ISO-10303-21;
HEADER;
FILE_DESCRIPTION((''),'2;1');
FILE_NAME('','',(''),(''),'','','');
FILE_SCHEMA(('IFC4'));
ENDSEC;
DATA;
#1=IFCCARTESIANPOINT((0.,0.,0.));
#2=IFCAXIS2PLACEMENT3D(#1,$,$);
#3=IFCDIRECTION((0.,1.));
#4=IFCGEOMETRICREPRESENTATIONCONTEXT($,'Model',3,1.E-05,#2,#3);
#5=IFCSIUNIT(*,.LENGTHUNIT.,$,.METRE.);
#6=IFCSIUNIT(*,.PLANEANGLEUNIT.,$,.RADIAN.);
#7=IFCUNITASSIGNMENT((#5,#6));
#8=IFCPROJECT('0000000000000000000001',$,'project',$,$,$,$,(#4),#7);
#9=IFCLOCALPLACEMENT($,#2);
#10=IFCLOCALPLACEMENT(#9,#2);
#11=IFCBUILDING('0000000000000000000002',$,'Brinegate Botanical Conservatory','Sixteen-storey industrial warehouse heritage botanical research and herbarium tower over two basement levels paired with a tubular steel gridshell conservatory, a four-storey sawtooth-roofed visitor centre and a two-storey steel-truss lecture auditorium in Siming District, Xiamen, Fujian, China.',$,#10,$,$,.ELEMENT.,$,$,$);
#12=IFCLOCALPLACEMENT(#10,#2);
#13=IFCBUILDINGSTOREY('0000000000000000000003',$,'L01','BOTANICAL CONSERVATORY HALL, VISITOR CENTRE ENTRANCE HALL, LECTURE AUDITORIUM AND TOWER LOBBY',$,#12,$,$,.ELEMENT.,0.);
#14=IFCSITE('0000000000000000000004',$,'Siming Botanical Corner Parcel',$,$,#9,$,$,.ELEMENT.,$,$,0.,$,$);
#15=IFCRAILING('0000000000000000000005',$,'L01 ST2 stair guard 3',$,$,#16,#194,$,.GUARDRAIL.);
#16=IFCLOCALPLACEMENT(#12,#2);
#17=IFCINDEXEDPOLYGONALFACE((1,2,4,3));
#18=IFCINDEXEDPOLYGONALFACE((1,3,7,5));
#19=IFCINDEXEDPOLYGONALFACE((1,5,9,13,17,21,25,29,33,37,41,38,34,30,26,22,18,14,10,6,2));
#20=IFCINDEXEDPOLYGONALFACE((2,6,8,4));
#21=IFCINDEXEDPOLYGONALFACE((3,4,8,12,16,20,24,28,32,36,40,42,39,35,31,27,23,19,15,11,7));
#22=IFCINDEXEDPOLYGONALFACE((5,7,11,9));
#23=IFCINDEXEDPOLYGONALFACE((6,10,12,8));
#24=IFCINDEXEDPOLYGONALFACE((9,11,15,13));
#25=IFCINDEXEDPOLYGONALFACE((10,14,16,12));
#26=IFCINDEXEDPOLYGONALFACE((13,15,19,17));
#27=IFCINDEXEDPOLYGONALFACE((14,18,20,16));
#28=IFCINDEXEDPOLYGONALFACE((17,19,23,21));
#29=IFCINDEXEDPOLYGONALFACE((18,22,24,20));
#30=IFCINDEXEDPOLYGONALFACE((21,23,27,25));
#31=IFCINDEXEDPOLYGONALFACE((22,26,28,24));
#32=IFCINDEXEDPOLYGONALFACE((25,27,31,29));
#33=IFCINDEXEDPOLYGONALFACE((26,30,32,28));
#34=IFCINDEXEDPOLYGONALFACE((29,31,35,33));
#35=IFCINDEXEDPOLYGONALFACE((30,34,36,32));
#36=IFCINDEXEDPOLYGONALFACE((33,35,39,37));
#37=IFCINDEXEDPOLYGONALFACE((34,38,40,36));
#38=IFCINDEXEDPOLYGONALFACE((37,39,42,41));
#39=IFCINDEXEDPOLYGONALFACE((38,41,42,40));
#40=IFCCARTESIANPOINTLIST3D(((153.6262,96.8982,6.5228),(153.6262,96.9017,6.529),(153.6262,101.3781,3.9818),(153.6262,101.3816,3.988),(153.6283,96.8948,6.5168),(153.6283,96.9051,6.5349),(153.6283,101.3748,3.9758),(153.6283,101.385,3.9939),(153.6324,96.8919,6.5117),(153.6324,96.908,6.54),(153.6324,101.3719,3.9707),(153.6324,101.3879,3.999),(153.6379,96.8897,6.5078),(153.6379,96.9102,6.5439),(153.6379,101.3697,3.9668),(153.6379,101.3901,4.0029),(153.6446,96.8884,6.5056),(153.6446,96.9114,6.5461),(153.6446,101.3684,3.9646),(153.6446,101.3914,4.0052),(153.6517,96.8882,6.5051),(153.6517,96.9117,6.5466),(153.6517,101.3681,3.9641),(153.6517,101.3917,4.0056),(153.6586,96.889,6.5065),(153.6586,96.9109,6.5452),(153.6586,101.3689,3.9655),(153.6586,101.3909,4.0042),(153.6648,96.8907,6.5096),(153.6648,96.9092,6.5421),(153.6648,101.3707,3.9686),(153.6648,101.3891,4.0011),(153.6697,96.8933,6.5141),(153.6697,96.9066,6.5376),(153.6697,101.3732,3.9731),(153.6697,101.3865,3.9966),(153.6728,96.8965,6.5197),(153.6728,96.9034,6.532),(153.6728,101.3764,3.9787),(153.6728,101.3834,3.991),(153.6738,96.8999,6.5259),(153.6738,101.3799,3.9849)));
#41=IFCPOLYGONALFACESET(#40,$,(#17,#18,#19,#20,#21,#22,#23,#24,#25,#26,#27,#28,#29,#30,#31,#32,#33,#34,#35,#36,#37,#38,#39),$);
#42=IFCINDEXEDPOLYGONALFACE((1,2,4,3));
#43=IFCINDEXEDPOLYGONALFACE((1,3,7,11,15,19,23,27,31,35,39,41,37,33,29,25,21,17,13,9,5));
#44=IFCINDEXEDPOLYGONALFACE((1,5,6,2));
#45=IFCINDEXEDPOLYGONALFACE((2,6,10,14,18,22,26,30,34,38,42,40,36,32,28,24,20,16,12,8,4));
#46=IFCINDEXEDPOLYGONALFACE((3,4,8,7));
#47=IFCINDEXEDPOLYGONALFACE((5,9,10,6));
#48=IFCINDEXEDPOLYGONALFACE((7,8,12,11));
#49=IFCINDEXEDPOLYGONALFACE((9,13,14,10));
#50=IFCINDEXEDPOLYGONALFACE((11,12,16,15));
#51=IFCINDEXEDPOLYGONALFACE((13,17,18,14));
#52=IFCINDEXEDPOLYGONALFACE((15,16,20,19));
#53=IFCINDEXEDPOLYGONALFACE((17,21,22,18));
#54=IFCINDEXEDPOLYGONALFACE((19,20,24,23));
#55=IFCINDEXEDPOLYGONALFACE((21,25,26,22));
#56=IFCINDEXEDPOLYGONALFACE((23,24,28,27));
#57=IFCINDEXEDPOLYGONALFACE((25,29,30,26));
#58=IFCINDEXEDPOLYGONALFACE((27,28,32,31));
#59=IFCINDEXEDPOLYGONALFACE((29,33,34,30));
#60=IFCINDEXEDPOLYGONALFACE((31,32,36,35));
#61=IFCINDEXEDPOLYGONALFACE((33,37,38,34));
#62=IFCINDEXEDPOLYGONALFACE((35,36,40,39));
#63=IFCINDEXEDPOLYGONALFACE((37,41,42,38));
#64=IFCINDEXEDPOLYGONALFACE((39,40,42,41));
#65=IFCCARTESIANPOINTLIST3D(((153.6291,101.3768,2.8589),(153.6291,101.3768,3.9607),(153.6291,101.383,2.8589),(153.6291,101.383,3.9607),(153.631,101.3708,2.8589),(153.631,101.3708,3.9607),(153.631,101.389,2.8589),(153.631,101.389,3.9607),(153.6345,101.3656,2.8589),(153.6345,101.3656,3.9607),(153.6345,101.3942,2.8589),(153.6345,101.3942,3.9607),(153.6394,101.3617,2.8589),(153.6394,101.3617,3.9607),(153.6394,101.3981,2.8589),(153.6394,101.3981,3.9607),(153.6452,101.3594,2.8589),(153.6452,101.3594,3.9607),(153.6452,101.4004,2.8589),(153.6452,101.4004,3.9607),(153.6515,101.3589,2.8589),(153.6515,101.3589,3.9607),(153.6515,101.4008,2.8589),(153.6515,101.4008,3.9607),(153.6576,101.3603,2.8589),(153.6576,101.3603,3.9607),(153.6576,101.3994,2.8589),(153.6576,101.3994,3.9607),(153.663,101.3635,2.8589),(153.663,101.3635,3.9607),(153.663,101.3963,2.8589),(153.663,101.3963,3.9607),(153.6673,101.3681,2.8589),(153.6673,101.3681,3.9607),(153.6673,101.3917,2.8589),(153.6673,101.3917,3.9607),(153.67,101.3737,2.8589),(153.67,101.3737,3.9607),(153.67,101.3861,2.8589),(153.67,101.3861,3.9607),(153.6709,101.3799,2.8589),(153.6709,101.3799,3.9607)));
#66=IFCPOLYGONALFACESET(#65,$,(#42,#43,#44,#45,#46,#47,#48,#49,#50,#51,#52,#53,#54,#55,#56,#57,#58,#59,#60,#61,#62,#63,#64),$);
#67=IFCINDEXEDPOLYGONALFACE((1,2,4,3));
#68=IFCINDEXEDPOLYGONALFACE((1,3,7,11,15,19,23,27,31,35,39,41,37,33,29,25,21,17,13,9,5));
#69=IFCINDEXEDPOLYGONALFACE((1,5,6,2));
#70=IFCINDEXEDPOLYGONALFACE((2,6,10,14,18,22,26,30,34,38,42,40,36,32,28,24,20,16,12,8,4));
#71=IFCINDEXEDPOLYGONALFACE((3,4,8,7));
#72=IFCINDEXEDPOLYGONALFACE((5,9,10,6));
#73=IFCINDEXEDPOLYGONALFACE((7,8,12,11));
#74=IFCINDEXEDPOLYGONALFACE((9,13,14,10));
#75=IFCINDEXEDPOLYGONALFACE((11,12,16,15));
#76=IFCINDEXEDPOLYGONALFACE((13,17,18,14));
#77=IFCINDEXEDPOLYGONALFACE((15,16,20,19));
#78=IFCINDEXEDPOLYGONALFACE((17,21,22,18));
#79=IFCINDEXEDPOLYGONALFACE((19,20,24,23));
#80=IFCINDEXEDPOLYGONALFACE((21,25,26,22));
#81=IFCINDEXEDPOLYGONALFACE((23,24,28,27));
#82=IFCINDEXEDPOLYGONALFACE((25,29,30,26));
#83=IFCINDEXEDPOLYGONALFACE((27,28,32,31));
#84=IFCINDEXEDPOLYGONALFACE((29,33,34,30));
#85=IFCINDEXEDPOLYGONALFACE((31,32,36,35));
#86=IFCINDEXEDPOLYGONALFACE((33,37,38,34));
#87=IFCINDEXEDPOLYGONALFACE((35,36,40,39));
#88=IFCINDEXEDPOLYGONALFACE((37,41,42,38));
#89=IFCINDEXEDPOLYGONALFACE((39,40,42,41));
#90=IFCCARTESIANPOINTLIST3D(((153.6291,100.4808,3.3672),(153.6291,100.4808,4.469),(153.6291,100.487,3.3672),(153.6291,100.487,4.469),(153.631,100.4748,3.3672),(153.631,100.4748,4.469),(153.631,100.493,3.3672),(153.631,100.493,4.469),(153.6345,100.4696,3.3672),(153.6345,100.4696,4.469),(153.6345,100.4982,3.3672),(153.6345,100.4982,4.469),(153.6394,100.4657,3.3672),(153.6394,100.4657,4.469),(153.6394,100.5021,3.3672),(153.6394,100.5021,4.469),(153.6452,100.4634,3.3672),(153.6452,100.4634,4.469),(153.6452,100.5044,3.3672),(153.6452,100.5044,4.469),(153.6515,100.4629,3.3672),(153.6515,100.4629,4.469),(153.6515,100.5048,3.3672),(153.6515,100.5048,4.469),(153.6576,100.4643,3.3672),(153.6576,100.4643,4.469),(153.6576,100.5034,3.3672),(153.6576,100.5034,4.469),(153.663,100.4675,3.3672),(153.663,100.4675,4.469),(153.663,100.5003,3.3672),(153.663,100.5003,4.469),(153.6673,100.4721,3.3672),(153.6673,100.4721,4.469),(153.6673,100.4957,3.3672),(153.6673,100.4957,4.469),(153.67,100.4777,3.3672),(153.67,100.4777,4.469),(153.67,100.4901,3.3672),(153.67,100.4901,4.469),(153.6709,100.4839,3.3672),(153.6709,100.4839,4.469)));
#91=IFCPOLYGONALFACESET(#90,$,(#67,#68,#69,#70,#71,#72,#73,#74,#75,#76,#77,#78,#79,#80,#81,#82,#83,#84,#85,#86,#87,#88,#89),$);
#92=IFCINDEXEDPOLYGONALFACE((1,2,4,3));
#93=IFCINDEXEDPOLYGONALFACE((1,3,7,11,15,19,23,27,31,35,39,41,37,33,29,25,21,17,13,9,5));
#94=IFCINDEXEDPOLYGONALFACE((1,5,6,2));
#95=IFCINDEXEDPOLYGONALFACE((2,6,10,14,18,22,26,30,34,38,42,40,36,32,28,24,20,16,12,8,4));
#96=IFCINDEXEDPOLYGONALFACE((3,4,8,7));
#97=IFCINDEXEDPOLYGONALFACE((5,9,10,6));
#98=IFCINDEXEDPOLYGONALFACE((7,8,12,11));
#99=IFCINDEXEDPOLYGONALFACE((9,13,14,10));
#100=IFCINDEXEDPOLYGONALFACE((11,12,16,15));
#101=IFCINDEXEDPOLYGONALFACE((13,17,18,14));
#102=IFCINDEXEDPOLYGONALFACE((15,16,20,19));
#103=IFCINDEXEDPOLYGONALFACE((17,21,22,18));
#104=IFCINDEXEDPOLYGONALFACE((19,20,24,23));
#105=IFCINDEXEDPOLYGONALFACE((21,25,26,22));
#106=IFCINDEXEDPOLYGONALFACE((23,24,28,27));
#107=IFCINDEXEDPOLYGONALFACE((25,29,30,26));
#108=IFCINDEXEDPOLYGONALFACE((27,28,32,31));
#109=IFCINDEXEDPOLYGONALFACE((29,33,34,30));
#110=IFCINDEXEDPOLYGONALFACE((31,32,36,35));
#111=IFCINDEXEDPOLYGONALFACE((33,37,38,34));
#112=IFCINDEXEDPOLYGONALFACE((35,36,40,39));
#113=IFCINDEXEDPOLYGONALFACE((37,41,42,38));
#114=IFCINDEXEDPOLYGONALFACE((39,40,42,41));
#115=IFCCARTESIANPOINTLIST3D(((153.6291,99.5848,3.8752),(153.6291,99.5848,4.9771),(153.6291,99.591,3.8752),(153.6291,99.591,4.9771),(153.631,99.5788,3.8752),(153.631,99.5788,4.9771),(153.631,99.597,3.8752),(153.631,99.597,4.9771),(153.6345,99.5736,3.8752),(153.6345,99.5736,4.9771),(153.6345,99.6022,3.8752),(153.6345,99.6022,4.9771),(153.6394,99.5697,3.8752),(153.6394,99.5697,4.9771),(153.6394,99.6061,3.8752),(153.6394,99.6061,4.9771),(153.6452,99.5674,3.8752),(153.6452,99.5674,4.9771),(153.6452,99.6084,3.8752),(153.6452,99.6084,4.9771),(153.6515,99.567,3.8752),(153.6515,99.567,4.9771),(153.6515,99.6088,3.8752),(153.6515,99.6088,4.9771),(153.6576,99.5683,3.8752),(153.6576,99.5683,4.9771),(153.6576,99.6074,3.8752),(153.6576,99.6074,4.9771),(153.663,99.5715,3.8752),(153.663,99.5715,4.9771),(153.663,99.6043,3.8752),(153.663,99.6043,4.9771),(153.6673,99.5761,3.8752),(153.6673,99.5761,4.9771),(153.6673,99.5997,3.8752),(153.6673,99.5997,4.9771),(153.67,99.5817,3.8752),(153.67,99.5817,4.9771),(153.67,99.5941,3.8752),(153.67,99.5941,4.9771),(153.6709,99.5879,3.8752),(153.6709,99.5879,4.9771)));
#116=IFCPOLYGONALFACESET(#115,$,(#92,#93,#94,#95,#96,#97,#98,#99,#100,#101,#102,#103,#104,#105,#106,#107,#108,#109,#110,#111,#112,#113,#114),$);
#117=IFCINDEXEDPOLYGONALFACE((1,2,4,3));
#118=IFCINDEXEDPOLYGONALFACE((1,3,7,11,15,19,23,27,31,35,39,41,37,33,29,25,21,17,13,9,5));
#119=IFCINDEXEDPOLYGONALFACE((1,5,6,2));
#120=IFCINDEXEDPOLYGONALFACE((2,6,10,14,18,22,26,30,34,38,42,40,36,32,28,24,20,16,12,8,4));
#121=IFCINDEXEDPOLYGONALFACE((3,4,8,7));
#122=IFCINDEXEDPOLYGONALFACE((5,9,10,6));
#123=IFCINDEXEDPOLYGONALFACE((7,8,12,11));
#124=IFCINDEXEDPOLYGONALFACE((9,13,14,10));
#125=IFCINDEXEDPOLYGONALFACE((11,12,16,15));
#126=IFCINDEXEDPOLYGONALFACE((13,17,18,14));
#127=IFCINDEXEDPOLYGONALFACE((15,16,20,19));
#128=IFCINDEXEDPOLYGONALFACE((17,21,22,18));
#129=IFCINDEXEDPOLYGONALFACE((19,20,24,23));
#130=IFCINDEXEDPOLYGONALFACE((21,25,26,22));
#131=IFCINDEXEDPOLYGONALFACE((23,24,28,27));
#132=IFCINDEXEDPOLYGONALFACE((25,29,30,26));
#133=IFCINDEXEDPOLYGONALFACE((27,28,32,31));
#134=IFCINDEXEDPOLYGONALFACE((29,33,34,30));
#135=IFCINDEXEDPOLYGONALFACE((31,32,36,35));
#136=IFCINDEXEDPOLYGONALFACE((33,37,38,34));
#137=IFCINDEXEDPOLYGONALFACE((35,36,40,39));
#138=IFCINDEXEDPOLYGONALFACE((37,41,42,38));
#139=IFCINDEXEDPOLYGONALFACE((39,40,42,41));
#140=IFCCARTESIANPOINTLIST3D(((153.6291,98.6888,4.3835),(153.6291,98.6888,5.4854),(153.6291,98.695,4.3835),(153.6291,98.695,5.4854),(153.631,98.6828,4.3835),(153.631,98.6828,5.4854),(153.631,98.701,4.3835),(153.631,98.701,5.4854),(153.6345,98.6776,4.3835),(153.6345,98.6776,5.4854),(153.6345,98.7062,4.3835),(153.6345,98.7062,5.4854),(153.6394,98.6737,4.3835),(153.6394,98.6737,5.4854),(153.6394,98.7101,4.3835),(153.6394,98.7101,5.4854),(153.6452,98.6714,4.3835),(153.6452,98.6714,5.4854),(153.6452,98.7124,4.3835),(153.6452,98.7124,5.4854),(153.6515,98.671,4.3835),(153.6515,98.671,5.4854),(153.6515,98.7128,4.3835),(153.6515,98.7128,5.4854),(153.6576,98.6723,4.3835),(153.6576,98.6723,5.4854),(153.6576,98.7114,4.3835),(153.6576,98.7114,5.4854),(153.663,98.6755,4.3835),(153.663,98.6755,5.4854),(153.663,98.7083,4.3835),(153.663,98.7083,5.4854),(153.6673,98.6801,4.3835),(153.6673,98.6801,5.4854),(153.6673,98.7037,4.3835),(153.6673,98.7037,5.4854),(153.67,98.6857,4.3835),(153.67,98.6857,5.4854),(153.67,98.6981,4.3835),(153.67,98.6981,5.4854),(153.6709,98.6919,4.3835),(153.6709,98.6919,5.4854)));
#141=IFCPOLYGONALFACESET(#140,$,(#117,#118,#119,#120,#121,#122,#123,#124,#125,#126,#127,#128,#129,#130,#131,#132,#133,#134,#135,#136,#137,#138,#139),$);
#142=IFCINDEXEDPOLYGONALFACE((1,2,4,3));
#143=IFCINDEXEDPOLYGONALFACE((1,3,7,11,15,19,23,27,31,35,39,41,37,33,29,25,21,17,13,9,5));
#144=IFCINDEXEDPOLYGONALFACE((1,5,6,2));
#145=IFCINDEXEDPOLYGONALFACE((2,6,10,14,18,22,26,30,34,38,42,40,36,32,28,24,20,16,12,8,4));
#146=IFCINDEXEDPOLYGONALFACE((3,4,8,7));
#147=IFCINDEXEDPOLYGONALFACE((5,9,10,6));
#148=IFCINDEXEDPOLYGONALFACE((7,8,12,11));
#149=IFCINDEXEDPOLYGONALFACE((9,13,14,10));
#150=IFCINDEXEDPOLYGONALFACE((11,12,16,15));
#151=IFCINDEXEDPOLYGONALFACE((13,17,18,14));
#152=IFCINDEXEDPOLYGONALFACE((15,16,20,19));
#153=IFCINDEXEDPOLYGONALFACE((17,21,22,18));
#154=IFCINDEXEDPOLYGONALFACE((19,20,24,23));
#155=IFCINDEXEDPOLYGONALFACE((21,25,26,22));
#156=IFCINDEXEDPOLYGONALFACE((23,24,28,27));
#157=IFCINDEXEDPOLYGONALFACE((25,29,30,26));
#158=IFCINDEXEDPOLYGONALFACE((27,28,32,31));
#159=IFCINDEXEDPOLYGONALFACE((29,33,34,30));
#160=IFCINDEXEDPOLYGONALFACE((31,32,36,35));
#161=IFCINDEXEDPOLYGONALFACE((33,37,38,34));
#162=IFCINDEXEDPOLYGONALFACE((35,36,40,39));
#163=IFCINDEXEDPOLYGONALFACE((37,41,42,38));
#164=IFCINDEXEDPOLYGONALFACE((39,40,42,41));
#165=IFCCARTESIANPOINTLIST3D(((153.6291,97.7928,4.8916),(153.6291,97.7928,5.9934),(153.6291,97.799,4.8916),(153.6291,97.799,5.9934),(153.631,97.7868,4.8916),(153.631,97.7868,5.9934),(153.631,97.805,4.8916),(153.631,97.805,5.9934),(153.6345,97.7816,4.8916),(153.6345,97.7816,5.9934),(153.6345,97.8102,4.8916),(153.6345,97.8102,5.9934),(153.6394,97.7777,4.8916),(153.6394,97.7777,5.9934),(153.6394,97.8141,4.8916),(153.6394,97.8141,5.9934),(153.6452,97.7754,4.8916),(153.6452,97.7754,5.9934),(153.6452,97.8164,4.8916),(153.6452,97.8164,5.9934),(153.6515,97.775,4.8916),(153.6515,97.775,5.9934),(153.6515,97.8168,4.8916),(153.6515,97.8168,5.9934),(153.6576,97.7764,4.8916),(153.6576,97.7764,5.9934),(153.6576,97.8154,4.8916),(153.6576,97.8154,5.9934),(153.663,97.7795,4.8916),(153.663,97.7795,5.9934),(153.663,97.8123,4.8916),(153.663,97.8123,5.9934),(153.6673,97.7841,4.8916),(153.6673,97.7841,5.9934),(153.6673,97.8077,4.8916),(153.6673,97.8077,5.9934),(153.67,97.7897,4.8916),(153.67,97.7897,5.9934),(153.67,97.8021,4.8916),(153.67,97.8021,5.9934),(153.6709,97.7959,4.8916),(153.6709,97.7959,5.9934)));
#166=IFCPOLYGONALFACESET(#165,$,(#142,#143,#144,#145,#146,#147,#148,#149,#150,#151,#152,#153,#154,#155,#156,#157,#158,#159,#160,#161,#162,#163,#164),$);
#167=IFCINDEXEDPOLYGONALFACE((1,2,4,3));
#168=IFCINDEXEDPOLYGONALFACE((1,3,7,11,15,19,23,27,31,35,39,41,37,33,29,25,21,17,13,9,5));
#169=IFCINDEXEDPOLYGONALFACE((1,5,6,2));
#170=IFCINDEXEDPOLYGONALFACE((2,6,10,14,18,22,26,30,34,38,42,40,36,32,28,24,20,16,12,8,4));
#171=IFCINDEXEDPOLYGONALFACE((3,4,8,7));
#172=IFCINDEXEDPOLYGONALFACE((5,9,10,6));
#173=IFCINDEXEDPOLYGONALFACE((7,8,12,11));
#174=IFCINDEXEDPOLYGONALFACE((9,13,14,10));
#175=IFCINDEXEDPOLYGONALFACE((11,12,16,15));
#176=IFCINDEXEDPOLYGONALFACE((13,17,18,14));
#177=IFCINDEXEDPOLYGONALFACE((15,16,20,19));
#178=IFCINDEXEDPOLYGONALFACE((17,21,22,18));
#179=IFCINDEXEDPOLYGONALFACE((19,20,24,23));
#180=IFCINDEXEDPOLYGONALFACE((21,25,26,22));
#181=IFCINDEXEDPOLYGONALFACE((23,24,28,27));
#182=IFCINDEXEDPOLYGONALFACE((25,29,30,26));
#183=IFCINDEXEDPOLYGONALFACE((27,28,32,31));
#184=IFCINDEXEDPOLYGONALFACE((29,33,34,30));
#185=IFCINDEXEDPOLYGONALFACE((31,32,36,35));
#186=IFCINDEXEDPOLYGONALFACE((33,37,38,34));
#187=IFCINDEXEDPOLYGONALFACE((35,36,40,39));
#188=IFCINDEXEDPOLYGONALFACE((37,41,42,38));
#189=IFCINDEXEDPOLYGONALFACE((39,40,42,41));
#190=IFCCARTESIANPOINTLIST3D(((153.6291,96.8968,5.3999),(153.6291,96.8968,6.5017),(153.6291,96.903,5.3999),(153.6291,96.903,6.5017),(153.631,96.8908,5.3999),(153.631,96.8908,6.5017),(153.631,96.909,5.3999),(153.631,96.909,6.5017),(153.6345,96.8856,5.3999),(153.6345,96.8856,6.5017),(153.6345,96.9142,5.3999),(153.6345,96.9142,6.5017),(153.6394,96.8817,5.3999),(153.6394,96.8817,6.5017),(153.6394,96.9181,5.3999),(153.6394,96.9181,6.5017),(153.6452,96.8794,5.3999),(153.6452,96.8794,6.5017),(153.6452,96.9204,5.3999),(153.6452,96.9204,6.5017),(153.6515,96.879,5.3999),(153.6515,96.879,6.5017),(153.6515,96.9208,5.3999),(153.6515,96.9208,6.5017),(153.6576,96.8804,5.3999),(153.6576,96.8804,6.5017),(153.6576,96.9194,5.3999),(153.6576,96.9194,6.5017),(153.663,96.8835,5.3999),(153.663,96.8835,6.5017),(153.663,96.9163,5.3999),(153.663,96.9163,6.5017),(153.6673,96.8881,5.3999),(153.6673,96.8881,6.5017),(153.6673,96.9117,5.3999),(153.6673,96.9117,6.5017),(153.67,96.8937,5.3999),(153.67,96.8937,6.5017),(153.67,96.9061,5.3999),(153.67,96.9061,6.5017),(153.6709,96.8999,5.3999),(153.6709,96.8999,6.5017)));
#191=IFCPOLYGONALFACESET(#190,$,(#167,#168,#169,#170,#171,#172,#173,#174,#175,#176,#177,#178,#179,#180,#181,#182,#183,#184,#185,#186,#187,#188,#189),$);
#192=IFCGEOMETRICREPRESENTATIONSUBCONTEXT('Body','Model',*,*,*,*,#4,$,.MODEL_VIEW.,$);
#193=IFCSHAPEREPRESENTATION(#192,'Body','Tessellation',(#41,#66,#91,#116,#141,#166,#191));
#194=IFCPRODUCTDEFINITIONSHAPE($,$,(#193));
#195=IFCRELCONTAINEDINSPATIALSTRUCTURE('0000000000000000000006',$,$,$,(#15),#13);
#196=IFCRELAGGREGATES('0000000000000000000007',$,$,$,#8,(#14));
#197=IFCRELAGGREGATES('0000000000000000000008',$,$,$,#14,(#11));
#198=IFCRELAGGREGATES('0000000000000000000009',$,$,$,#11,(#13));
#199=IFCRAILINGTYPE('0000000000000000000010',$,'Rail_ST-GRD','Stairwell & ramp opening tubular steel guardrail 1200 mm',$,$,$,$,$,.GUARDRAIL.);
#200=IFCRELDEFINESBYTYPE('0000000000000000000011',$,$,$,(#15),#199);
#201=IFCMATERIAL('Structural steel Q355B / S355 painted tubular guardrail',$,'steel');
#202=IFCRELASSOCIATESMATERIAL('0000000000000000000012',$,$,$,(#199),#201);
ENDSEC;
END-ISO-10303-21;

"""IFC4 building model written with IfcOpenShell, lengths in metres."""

from ifc_helpers import new_model, si_unit, direction, frame, origin, origin_2d, place, context, subcontext, project, spatial, circle, extrude, material, type_object, element, save


model = new_model("IFC4")

# Units and contexts
model_context = context("Model", 3, precision=1e-05, world=origin(), true_north=direction((0.0, 1.0)))
body_context = subcontext(model_context, "Body", "Model", "MODEL_VIEW")
ifc_project = project(units=[si_unit("LENGTHUNIT", "METRE"), si_unit("PLANEANGLEUNIT", "RADIAN")], contexts=[model_context])

# Site, building, storey
site_placement = place(None, origin())
site = spatial("IfcSite", under=ifc_project, at=site_placement, Name="Siming Botanical Corner Parcel", CompositionType="ELEMENT", RefElevation=0.0)
building_placement = place(site_placement, origin())
building = spatial("IfcBuilding", under=site, at=building_placement, Name="Brinegate Botanical Conservatory", Description="Sixteen-storey industrial warehouse heritage botanical research and herbarium tower over two basement levels paired with a tubular steel gridshell conservatory, a four-storey sawtooth-roofed visitor centre and a two-storey steel-truss lecture auditorium in Siming District, Xiamen, Fujian, China.", CompositionType="ELEMENT")
storey_placement = place(building_placement, origin())
storey = spatial("IfcBuildingStorey", under=building, at=storey_placement, Name="L01", Description="BOTANICAL CONSERVATORY HALL, VISITOR CENTRE ENTRANCE HALL, LECTURE AUDITORIUM AND TOWER LOBBY", CompositionType="ELEMENT", Elevation=0.0)

# Railing
ifc_material_1 = material(Name="Structural steel Q355B / S355 painted tubular guardrail", Category="steel")
railing_type_1 = type_object("IfcRailingType", Name="Rail_ST-GRD", Description="Stairwell & ramp opening tubular steel guardrail 1200 mm", PredefinedType="GUARDRAIL", material=ifc_material_1)
railing_1_placement = place(storey_placement, frame((153.6499, 101.3799, 2.8589)))
element("IfcRailing", 1, at=railing_1_placement, inside=storey, type_object=railing_type_1, Name="L01 ST2 stair guard 3", PredefinedType="GUARDRAIL", context=body_context, shape_type="SweptSolid", body=[
    extrude(circle(Radius=0.0239, at=origin_2d()), frame((0.0, 0.0, 1.126), z_axis=(0.0, -0.869826, 0.493359), x_axis=(1.0, 0.0, 0.0)), (0.0, 0.0, 1.0), 5.1504),
    extrude(circle(Radius=0.021, at=origin_2d()), origin(), (0.0, 0.0, 1.0), 1.1018),
    extrude(circle(Radius=0.021, at=origin_2d()), frame((0.0, -0.896, 0.5083)), (0.0, 0.0, 1.0), 1.1018),
    extrude(circle(Radius=0.021, at=origin_2d()), frame((0.0, -1.792, 1.0164)), (0.0, 0.0, 1.0), 1.1018),
    extrude(circle(Radius=0.021, at=origin_2d()), frame((0.0, -2.688, 1.5247)), (0.0, 0.0, 1.0), 1.1018),
    extrude(circle(Radius=0.021, at=origin_2d()), frame((0.0, -3.584, 2.0327)), (0.0, 0.0, 1.0), 1.1018),
    extrude(circle(Radius=0.021, at=origin_2d()), frame((0.0, -4.48, 2.541)), (0.0, 0.0, 1.0), 1.1018),
])

save(model, "model.ifc")
